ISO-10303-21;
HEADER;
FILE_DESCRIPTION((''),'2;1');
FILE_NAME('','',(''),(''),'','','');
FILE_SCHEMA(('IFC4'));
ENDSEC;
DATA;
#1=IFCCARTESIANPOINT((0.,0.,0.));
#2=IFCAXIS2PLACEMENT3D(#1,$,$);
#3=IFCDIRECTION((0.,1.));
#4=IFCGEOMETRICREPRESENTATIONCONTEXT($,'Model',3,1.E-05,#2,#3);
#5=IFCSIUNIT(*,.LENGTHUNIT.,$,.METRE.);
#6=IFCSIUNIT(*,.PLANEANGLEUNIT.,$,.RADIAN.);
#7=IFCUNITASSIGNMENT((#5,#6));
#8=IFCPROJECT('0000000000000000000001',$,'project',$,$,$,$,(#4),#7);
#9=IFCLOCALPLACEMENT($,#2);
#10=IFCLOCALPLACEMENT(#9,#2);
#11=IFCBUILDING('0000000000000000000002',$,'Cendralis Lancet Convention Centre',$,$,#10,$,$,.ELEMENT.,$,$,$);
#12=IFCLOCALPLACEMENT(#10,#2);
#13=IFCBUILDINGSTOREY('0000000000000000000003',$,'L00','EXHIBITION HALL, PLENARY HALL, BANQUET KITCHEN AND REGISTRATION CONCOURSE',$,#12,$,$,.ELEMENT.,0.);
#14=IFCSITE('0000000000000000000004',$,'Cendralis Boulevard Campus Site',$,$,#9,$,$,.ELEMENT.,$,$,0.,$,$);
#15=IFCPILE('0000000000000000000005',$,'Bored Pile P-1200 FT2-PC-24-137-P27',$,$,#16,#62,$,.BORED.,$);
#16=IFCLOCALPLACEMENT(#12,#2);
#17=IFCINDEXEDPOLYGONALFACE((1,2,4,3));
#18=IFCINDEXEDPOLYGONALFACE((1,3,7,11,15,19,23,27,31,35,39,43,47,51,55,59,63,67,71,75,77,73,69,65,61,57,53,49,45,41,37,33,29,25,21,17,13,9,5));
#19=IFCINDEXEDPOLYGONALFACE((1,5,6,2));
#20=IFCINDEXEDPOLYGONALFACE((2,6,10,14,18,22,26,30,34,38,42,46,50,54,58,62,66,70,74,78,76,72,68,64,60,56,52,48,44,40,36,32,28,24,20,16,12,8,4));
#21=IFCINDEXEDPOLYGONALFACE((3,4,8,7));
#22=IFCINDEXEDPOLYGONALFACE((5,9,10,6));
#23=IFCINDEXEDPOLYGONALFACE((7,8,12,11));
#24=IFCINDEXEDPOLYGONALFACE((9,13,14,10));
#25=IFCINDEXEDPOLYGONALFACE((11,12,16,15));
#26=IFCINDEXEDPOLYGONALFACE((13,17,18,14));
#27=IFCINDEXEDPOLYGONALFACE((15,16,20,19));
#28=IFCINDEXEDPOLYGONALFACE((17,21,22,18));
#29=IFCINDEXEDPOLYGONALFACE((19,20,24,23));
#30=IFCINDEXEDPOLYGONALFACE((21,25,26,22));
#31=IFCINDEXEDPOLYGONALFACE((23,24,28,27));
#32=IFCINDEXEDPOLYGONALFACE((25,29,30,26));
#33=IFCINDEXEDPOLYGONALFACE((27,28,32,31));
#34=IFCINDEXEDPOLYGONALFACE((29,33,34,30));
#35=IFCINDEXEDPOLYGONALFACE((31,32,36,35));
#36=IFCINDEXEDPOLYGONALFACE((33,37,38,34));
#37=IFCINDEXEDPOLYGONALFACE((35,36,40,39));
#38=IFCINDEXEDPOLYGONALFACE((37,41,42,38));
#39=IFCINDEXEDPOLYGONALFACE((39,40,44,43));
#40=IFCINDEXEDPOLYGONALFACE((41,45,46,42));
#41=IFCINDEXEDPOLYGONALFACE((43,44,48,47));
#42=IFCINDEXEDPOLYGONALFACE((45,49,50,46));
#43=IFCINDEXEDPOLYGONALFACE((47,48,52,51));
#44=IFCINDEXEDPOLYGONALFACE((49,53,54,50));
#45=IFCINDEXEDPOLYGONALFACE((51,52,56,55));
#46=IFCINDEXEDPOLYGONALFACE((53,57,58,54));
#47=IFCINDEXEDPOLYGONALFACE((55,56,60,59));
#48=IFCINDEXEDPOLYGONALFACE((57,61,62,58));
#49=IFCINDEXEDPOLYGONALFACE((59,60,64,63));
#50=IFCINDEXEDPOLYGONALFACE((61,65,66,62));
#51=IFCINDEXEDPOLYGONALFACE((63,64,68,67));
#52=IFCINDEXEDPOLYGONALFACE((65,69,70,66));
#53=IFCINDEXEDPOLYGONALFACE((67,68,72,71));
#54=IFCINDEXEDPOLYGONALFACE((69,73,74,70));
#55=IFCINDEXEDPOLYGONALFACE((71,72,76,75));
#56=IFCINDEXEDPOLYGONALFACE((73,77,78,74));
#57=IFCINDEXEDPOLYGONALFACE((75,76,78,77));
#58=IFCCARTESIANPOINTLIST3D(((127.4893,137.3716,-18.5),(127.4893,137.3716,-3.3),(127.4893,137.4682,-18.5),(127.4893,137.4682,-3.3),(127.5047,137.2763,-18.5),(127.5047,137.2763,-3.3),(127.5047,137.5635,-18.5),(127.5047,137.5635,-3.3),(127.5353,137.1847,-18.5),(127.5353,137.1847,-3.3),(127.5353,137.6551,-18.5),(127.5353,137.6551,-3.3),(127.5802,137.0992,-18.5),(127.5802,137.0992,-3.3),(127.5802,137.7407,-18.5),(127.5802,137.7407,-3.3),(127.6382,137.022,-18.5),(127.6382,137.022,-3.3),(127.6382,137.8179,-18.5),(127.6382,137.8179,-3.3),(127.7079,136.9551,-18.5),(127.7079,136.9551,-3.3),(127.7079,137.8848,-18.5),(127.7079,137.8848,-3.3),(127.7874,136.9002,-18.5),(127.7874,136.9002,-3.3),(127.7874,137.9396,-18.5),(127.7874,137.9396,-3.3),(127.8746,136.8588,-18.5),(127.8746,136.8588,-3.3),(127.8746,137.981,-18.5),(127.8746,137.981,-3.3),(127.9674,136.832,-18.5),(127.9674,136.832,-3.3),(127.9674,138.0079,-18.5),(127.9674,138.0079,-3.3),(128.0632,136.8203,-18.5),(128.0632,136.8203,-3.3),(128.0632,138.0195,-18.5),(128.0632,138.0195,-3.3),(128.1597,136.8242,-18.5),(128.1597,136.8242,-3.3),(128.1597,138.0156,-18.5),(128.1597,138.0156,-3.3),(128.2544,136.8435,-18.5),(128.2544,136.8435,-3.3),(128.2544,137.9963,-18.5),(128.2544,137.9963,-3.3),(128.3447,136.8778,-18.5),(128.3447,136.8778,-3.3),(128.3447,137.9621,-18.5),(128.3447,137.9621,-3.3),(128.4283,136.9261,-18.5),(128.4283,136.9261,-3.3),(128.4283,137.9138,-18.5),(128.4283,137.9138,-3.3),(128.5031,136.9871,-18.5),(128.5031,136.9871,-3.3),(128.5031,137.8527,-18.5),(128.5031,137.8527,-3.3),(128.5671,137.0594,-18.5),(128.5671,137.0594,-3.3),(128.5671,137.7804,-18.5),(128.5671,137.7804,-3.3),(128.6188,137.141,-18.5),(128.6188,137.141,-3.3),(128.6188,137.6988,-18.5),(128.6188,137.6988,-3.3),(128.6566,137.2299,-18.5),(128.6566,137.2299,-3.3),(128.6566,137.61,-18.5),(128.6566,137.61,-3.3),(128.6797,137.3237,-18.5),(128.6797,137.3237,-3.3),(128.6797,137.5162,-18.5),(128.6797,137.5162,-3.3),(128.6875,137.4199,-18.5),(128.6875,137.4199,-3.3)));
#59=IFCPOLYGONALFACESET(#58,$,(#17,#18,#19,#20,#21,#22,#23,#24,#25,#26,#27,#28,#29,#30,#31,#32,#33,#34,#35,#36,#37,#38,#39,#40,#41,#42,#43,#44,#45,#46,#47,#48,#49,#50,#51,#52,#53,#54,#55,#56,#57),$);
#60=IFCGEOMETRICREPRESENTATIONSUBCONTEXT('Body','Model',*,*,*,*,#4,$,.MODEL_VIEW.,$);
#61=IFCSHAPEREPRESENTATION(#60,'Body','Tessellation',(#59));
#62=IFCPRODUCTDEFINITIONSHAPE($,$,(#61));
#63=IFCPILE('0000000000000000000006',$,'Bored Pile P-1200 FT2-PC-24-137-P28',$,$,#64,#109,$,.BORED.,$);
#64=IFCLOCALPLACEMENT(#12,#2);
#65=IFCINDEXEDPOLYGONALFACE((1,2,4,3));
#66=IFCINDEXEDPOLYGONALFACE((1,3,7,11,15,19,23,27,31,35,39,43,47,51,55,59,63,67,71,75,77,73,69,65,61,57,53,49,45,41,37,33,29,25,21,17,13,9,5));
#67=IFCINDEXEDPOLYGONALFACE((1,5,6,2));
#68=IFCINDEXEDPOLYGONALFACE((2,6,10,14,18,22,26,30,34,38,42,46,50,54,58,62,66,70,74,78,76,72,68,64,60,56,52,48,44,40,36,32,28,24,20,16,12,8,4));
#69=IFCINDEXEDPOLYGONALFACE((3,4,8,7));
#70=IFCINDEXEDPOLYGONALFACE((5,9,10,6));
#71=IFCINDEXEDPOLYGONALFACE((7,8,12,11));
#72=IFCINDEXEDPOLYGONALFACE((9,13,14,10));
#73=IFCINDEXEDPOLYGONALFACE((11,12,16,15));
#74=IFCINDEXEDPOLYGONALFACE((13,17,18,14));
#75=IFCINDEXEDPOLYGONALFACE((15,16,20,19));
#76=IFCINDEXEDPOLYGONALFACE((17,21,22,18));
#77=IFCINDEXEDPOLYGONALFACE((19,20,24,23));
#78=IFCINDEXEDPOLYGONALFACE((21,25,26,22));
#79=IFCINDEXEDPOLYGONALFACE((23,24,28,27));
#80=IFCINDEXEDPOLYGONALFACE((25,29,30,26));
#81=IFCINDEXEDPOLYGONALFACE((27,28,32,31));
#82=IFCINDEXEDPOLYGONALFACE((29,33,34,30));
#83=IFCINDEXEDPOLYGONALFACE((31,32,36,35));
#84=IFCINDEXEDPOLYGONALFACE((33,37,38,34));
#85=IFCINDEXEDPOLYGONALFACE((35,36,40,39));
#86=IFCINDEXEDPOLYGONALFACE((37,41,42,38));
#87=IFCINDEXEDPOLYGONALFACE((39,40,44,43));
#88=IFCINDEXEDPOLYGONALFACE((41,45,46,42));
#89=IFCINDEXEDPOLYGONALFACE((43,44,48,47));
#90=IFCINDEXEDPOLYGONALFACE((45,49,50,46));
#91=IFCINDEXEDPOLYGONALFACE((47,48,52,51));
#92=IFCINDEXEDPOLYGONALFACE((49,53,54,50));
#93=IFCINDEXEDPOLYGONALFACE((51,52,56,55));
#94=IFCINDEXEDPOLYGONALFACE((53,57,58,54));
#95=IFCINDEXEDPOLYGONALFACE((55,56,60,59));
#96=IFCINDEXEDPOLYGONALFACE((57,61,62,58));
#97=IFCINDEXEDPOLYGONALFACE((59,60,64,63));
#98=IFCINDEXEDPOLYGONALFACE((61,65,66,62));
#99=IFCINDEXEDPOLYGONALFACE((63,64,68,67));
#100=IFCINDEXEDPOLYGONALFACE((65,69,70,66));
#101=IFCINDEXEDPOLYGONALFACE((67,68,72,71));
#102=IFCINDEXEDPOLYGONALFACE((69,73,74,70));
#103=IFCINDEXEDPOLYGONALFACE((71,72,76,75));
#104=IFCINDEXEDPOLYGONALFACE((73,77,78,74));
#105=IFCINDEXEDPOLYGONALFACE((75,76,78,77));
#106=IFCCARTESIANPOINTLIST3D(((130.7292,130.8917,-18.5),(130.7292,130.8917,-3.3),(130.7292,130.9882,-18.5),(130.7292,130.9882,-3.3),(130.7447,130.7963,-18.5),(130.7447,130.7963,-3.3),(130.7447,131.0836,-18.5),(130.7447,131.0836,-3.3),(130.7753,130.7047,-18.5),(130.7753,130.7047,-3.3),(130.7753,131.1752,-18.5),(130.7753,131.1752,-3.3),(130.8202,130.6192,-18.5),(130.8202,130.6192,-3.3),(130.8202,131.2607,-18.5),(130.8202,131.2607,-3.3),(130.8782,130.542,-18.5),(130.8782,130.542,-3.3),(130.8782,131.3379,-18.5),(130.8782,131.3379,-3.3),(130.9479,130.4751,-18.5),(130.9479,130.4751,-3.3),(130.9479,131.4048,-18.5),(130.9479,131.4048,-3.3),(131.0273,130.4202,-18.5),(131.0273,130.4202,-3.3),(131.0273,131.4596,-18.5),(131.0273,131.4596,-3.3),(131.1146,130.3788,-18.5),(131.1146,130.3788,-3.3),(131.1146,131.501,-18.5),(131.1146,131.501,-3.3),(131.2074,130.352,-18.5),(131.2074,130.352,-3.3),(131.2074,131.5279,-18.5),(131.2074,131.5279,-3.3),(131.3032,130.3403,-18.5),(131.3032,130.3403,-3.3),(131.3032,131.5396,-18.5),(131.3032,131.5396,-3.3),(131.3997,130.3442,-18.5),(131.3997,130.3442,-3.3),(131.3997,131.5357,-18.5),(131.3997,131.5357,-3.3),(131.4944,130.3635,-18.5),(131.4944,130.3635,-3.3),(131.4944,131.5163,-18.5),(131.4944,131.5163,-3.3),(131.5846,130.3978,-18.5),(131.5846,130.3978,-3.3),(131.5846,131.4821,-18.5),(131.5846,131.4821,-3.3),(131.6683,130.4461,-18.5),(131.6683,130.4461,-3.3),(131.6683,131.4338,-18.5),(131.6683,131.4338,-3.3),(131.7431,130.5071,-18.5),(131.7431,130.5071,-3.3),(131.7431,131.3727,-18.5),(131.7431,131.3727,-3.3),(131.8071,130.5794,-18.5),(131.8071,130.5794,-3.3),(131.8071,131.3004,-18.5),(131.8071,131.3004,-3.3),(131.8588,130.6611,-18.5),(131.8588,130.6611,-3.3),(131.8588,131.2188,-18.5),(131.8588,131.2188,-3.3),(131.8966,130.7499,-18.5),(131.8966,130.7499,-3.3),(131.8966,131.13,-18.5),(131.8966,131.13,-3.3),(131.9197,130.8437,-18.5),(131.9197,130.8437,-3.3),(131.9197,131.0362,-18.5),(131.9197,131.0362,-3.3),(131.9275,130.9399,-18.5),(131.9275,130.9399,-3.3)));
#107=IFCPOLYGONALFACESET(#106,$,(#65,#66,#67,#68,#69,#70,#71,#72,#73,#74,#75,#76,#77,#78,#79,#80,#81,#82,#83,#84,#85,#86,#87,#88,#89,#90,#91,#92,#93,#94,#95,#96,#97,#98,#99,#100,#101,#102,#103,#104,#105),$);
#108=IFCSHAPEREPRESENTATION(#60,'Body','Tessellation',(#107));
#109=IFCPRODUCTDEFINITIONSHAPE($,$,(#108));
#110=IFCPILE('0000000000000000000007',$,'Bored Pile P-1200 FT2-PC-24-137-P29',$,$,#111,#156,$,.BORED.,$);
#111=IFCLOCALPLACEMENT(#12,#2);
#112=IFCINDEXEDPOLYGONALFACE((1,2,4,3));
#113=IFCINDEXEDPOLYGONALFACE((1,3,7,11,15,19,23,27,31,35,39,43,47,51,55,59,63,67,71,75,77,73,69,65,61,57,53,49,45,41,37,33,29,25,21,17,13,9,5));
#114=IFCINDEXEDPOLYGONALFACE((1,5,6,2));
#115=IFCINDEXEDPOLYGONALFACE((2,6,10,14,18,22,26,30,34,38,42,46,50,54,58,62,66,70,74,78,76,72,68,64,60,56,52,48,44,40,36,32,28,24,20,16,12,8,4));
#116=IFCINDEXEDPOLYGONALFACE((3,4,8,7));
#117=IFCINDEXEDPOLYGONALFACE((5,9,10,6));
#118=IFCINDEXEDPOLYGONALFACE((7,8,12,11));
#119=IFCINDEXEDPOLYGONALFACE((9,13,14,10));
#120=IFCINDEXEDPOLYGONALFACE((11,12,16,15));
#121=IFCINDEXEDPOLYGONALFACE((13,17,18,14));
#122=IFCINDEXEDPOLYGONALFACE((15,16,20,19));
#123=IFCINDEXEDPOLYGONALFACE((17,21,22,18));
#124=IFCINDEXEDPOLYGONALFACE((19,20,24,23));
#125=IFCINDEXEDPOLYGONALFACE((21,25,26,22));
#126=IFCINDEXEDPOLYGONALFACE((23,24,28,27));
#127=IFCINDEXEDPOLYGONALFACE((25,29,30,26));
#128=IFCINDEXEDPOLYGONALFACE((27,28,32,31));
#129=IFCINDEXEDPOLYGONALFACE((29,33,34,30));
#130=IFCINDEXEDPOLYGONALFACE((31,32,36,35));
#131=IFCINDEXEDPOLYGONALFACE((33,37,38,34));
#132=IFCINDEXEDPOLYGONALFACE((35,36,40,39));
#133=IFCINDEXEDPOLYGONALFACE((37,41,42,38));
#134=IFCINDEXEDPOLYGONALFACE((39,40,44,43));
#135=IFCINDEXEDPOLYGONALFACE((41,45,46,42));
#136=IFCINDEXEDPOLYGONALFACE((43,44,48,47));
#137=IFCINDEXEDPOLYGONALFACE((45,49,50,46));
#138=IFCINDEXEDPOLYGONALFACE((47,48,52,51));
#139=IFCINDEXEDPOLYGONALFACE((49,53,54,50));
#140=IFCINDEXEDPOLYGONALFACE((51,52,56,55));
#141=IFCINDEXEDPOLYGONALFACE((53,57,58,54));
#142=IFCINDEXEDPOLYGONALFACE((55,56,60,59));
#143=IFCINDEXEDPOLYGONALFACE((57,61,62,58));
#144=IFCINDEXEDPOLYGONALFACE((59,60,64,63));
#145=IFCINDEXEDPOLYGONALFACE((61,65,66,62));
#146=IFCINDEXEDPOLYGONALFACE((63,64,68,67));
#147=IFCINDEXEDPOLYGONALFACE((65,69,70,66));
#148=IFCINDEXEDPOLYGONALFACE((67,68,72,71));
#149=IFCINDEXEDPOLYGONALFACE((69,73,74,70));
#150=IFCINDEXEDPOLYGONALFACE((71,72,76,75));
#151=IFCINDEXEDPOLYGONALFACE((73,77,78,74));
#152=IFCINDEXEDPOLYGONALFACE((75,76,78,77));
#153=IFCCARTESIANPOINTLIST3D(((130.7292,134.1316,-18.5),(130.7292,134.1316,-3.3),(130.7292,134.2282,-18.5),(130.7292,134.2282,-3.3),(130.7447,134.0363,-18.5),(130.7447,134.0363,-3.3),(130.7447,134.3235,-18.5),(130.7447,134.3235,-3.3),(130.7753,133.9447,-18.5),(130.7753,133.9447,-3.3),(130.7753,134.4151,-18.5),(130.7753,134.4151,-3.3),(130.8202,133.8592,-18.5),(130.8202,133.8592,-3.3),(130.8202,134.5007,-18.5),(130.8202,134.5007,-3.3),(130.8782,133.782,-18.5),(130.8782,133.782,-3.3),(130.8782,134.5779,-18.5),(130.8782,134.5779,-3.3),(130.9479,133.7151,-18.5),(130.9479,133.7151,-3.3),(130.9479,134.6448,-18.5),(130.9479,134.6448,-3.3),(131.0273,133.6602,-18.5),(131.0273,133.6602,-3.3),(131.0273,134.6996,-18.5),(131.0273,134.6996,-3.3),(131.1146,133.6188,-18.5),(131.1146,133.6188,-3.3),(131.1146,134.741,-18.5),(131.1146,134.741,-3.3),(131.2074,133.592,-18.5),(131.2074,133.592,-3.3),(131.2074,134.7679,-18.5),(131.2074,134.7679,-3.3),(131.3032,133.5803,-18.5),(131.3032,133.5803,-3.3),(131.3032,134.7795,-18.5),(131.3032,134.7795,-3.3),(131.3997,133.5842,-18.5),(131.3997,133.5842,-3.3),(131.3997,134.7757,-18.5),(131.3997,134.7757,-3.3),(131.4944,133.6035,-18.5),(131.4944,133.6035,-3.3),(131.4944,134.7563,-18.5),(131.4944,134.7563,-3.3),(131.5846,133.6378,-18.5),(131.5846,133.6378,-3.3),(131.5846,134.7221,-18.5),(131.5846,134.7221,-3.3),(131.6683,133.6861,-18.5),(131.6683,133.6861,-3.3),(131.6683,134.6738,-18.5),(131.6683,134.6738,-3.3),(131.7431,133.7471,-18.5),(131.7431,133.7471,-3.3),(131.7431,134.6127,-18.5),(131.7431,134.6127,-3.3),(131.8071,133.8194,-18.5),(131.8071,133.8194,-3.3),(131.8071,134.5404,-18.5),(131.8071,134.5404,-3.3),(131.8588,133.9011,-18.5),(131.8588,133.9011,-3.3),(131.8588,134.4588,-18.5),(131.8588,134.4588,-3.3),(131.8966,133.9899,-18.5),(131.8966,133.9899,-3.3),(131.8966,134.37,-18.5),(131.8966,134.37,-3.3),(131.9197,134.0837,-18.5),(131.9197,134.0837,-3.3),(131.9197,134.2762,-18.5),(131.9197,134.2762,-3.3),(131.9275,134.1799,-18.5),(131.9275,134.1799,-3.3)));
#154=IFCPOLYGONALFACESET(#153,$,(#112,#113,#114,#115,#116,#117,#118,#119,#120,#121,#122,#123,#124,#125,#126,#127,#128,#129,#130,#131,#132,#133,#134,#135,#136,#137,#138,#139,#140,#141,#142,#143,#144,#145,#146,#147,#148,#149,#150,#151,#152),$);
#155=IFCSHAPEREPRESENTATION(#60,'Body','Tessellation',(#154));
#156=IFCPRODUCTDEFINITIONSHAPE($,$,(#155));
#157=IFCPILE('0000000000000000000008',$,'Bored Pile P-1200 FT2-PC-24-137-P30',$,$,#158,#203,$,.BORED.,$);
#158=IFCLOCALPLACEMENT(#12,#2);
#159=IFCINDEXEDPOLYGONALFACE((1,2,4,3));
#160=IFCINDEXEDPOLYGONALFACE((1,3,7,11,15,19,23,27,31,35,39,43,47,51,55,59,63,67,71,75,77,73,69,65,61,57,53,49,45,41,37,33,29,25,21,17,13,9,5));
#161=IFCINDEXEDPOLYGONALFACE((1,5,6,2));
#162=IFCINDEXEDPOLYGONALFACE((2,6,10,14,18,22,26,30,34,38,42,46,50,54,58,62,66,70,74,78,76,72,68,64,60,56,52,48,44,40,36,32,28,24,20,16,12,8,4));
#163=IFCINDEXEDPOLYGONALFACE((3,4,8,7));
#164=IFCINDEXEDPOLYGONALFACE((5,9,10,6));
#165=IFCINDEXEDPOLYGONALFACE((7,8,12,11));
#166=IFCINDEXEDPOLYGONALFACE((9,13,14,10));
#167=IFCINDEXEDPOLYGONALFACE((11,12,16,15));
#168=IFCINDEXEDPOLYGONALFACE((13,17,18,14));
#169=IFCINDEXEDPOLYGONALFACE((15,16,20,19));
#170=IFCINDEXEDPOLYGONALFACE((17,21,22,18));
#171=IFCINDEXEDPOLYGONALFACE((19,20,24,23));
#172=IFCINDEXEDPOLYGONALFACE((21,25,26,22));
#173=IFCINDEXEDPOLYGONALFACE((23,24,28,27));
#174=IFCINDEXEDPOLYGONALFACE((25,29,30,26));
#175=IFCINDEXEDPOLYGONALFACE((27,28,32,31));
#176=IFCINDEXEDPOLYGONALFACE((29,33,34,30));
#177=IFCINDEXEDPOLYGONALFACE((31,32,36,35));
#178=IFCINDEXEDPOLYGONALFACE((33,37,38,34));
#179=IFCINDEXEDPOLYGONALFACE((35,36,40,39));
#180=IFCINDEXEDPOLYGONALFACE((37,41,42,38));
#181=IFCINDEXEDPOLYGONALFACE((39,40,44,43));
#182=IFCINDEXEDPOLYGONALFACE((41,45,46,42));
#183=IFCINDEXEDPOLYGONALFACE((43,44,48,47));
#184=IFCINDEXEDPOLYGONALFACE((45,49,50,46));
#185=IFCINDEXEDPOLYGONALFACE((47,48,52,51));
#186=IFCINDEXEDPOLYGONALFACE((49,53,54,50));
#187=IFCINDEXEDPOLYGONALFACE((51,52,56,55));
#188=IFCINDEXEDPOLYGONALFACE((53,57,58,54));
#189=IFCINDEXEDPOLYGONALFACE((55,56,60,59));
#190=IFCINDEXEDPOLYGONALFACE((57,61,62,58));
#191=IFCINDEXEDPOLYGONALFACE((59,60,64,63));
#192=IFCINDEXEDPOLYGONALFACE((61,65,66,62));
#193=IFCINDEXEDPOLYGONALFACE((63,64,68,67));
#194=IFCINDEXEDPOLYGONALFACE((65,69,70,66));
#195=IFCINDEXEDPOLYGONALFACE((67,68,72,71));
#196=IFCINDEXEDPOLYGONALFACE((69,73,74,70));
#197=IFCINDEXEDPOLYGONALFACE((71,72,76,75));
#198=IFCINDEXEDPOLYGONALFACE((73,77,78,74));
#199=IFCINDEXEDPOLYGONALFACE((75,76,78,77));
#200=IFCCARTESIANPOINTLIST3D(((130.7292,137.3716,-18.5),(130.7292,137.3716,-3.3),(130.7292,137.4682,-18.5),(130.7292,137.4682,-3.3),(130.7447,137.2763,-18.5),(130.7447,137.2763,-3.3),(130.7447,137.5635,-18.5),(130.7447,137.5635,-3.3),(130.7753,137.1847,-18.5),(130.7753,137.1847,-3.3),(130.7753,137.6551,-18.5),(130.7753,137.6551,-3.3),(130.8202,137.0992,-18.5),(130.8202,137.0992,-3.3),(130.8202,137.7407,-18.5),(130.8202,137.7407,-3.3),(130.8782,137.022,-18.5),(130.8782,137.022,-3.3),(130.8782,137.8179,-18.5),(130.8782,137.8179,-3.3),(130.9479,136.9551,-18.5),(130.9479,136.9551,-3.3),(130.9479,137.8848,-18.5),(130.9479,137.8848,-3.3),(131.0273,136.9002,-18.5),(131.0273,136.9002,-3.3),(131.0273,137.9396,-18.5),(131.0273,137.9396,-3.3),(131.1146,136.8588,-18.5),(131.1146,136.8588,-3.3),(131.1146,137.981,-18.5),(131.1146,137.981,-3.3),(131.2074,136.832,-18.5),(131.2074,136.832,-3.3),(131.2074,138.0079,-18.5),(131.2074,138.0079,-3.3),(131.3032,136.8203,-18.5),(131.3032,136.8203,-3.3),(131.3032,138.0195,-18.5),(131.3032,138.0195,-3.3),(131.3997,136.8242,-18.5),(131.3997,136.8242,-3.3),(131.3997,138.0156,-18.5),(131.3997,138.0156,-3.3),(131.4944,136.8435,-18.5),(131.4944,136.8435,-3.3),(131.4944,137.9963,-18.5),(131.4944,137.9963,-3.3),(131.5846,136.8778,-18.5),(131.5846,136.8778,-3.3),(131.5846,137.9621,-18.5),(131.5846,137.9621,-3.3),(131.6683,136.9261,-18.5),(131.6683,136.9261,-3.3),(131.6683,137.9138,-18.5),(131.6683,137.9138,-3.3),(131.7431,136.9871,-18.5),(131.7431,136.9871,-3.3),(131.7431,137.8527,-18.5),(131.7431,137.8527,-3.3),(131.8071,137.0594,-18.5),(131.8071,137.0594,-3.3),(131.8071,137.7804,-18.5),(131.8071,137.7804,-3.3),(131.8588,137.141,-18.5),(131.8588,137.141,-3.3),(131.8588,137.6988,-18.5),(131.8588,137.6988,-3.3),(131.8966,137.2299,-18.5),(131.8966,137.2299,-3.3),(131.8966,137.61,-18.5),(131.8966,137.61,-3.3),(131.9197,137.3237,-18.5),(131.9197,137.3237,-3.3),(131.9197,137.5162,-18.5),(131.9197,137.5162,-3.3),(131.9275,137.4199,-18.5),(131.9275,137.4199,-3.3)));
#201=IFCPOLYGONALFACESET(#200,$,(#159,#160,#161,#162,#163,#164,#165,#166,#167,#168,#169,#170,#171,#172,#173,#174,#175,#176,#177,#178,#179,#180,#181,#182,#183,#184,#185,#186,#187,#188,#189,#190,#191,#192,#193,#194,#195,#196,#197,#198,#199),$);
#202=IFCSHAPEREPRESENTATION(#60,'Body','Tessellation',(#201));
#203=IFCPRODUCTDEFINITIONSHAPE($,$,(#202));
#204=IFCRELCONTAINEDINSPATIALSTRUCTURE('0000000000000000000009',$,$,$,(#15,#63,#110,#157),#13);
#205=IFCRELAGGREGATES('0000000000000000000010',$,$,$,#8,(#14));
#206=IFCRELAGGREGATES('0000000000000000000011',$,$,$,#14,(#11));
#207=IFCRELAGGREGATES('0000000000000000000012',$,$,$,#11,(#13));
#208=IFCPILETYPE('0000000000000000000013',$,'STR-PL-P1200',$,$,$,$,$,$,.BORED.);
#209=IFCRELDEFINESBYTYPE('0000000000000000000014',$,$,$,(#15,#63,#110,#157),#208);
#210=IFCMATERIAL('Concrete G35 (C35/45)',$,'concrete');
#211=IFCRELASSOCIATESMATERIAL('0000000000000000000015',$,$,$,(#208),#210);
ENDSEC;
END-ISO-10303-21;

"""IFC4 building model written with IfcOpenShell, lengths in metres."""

from ifc_helpers import new_model, si_unit, direction, frame, origin, origin_2d, place, context, subcontext, project, spatial, circle, extrude, material, material_profile, profile_set, type_object, element, save


model = new_model("IFC4")

# Units and contexts
model_context = context("Model", 3, precision=1e-05, world=origin(), true_north=direction((0.0, 1.0)))
body_context = subcontext(model_context, "Body", "Model", "MODEL_VIEW")
ifc_project = project(units=[si_unit("LENGTHUNIT", "METRE"), si_unit("PLANEANGLEUNIT", "RADIAN")], contexts=[model_context])

# Site, building, storey
site_placement = place(None, origin())
site = spatial("IfcSite", under=ifc_project, at=site_placement, Name="Cendralis Boulevard Campus Site", CompositionType="ELEMENT", RefElevation=0.0)
building_placement = place(site_placement, origin())
building = spatial("IfcBuilding", under=site, at=building_placement, Name="Cendralis Lancet Convention Centre", CompositionType="ELEMENT")
storey_placement = place(building_placement, origin())
storey = spatial("IfcBuildingStorey", under=building, at=storey_placement, Name="L00", Description="EXHIBITION HALL, PLENARY HALL, BANQUET KITCHEN AND REGISTRATION CONCOURSE", CompositionType="ELEMENT", Elevation=0.0)

# Piles
ifc_material_1 = material(Name="Concrete G35 (C35/45)", Category="concrete")
ifc_material_profile_1 = material_profile(ifc_material_1, circle(Radius=0.6001, at=origin_2d()), Name="BORED PILE D1200")
ifc_profile_set_1 = profile_set([ifc_material_profile_1], Name="Concrete G35 (C35/45)")
pile_type = type_object("IfcPileType", Name="STR-PL-P1200", PredefinedType="BORED", material=ifc_profile_set_1)
for number, where, z_axis, x_axis, name in (
    (1, (128.0874, 137.4199, -3.3), (0.0, 0.0, -1.0), (1.0, 0.0, 0.0), "Bored Pile P-1200 FT2-PC-24-137-P27"),
    (2, (131.3274, 130.9399, -3.3), (0.0, 0.0, -1.0), (1.0, 0.0, 0.0), "Bored Pile P-1200 FT2-PC-24-137-P28"),
    (3, (131.3274, 134.1799, -3.3), (0.0, 0.0, -1.0), (1.0, 0.0, 0.0), "Bored Pile P-1200 FT2-PC-24-137-P29"),
    (4, (131.3274, 137.4199, -3.3), (0.0, 0.0, -1.0), (1.0, 0.0, 0.0), "Bored Pile P-1200 FT2-PC-24-137-P30"),
):
    element("IfcPile", number, at=place(storey_placement, frame(where, z_axis=z_axis, x_axis=x_axis)), inside=storey, type_object=pile_type, Name=name, PredefinedType="BORED", context=body_context, shape_type="SweptSolid", body=[
        extrude(circle(Radius=0.6001, at=origin_2d()), origin(), (0.0, 0.0, 1.0), 15.2),
    ])

save(model, "model.ifc")
